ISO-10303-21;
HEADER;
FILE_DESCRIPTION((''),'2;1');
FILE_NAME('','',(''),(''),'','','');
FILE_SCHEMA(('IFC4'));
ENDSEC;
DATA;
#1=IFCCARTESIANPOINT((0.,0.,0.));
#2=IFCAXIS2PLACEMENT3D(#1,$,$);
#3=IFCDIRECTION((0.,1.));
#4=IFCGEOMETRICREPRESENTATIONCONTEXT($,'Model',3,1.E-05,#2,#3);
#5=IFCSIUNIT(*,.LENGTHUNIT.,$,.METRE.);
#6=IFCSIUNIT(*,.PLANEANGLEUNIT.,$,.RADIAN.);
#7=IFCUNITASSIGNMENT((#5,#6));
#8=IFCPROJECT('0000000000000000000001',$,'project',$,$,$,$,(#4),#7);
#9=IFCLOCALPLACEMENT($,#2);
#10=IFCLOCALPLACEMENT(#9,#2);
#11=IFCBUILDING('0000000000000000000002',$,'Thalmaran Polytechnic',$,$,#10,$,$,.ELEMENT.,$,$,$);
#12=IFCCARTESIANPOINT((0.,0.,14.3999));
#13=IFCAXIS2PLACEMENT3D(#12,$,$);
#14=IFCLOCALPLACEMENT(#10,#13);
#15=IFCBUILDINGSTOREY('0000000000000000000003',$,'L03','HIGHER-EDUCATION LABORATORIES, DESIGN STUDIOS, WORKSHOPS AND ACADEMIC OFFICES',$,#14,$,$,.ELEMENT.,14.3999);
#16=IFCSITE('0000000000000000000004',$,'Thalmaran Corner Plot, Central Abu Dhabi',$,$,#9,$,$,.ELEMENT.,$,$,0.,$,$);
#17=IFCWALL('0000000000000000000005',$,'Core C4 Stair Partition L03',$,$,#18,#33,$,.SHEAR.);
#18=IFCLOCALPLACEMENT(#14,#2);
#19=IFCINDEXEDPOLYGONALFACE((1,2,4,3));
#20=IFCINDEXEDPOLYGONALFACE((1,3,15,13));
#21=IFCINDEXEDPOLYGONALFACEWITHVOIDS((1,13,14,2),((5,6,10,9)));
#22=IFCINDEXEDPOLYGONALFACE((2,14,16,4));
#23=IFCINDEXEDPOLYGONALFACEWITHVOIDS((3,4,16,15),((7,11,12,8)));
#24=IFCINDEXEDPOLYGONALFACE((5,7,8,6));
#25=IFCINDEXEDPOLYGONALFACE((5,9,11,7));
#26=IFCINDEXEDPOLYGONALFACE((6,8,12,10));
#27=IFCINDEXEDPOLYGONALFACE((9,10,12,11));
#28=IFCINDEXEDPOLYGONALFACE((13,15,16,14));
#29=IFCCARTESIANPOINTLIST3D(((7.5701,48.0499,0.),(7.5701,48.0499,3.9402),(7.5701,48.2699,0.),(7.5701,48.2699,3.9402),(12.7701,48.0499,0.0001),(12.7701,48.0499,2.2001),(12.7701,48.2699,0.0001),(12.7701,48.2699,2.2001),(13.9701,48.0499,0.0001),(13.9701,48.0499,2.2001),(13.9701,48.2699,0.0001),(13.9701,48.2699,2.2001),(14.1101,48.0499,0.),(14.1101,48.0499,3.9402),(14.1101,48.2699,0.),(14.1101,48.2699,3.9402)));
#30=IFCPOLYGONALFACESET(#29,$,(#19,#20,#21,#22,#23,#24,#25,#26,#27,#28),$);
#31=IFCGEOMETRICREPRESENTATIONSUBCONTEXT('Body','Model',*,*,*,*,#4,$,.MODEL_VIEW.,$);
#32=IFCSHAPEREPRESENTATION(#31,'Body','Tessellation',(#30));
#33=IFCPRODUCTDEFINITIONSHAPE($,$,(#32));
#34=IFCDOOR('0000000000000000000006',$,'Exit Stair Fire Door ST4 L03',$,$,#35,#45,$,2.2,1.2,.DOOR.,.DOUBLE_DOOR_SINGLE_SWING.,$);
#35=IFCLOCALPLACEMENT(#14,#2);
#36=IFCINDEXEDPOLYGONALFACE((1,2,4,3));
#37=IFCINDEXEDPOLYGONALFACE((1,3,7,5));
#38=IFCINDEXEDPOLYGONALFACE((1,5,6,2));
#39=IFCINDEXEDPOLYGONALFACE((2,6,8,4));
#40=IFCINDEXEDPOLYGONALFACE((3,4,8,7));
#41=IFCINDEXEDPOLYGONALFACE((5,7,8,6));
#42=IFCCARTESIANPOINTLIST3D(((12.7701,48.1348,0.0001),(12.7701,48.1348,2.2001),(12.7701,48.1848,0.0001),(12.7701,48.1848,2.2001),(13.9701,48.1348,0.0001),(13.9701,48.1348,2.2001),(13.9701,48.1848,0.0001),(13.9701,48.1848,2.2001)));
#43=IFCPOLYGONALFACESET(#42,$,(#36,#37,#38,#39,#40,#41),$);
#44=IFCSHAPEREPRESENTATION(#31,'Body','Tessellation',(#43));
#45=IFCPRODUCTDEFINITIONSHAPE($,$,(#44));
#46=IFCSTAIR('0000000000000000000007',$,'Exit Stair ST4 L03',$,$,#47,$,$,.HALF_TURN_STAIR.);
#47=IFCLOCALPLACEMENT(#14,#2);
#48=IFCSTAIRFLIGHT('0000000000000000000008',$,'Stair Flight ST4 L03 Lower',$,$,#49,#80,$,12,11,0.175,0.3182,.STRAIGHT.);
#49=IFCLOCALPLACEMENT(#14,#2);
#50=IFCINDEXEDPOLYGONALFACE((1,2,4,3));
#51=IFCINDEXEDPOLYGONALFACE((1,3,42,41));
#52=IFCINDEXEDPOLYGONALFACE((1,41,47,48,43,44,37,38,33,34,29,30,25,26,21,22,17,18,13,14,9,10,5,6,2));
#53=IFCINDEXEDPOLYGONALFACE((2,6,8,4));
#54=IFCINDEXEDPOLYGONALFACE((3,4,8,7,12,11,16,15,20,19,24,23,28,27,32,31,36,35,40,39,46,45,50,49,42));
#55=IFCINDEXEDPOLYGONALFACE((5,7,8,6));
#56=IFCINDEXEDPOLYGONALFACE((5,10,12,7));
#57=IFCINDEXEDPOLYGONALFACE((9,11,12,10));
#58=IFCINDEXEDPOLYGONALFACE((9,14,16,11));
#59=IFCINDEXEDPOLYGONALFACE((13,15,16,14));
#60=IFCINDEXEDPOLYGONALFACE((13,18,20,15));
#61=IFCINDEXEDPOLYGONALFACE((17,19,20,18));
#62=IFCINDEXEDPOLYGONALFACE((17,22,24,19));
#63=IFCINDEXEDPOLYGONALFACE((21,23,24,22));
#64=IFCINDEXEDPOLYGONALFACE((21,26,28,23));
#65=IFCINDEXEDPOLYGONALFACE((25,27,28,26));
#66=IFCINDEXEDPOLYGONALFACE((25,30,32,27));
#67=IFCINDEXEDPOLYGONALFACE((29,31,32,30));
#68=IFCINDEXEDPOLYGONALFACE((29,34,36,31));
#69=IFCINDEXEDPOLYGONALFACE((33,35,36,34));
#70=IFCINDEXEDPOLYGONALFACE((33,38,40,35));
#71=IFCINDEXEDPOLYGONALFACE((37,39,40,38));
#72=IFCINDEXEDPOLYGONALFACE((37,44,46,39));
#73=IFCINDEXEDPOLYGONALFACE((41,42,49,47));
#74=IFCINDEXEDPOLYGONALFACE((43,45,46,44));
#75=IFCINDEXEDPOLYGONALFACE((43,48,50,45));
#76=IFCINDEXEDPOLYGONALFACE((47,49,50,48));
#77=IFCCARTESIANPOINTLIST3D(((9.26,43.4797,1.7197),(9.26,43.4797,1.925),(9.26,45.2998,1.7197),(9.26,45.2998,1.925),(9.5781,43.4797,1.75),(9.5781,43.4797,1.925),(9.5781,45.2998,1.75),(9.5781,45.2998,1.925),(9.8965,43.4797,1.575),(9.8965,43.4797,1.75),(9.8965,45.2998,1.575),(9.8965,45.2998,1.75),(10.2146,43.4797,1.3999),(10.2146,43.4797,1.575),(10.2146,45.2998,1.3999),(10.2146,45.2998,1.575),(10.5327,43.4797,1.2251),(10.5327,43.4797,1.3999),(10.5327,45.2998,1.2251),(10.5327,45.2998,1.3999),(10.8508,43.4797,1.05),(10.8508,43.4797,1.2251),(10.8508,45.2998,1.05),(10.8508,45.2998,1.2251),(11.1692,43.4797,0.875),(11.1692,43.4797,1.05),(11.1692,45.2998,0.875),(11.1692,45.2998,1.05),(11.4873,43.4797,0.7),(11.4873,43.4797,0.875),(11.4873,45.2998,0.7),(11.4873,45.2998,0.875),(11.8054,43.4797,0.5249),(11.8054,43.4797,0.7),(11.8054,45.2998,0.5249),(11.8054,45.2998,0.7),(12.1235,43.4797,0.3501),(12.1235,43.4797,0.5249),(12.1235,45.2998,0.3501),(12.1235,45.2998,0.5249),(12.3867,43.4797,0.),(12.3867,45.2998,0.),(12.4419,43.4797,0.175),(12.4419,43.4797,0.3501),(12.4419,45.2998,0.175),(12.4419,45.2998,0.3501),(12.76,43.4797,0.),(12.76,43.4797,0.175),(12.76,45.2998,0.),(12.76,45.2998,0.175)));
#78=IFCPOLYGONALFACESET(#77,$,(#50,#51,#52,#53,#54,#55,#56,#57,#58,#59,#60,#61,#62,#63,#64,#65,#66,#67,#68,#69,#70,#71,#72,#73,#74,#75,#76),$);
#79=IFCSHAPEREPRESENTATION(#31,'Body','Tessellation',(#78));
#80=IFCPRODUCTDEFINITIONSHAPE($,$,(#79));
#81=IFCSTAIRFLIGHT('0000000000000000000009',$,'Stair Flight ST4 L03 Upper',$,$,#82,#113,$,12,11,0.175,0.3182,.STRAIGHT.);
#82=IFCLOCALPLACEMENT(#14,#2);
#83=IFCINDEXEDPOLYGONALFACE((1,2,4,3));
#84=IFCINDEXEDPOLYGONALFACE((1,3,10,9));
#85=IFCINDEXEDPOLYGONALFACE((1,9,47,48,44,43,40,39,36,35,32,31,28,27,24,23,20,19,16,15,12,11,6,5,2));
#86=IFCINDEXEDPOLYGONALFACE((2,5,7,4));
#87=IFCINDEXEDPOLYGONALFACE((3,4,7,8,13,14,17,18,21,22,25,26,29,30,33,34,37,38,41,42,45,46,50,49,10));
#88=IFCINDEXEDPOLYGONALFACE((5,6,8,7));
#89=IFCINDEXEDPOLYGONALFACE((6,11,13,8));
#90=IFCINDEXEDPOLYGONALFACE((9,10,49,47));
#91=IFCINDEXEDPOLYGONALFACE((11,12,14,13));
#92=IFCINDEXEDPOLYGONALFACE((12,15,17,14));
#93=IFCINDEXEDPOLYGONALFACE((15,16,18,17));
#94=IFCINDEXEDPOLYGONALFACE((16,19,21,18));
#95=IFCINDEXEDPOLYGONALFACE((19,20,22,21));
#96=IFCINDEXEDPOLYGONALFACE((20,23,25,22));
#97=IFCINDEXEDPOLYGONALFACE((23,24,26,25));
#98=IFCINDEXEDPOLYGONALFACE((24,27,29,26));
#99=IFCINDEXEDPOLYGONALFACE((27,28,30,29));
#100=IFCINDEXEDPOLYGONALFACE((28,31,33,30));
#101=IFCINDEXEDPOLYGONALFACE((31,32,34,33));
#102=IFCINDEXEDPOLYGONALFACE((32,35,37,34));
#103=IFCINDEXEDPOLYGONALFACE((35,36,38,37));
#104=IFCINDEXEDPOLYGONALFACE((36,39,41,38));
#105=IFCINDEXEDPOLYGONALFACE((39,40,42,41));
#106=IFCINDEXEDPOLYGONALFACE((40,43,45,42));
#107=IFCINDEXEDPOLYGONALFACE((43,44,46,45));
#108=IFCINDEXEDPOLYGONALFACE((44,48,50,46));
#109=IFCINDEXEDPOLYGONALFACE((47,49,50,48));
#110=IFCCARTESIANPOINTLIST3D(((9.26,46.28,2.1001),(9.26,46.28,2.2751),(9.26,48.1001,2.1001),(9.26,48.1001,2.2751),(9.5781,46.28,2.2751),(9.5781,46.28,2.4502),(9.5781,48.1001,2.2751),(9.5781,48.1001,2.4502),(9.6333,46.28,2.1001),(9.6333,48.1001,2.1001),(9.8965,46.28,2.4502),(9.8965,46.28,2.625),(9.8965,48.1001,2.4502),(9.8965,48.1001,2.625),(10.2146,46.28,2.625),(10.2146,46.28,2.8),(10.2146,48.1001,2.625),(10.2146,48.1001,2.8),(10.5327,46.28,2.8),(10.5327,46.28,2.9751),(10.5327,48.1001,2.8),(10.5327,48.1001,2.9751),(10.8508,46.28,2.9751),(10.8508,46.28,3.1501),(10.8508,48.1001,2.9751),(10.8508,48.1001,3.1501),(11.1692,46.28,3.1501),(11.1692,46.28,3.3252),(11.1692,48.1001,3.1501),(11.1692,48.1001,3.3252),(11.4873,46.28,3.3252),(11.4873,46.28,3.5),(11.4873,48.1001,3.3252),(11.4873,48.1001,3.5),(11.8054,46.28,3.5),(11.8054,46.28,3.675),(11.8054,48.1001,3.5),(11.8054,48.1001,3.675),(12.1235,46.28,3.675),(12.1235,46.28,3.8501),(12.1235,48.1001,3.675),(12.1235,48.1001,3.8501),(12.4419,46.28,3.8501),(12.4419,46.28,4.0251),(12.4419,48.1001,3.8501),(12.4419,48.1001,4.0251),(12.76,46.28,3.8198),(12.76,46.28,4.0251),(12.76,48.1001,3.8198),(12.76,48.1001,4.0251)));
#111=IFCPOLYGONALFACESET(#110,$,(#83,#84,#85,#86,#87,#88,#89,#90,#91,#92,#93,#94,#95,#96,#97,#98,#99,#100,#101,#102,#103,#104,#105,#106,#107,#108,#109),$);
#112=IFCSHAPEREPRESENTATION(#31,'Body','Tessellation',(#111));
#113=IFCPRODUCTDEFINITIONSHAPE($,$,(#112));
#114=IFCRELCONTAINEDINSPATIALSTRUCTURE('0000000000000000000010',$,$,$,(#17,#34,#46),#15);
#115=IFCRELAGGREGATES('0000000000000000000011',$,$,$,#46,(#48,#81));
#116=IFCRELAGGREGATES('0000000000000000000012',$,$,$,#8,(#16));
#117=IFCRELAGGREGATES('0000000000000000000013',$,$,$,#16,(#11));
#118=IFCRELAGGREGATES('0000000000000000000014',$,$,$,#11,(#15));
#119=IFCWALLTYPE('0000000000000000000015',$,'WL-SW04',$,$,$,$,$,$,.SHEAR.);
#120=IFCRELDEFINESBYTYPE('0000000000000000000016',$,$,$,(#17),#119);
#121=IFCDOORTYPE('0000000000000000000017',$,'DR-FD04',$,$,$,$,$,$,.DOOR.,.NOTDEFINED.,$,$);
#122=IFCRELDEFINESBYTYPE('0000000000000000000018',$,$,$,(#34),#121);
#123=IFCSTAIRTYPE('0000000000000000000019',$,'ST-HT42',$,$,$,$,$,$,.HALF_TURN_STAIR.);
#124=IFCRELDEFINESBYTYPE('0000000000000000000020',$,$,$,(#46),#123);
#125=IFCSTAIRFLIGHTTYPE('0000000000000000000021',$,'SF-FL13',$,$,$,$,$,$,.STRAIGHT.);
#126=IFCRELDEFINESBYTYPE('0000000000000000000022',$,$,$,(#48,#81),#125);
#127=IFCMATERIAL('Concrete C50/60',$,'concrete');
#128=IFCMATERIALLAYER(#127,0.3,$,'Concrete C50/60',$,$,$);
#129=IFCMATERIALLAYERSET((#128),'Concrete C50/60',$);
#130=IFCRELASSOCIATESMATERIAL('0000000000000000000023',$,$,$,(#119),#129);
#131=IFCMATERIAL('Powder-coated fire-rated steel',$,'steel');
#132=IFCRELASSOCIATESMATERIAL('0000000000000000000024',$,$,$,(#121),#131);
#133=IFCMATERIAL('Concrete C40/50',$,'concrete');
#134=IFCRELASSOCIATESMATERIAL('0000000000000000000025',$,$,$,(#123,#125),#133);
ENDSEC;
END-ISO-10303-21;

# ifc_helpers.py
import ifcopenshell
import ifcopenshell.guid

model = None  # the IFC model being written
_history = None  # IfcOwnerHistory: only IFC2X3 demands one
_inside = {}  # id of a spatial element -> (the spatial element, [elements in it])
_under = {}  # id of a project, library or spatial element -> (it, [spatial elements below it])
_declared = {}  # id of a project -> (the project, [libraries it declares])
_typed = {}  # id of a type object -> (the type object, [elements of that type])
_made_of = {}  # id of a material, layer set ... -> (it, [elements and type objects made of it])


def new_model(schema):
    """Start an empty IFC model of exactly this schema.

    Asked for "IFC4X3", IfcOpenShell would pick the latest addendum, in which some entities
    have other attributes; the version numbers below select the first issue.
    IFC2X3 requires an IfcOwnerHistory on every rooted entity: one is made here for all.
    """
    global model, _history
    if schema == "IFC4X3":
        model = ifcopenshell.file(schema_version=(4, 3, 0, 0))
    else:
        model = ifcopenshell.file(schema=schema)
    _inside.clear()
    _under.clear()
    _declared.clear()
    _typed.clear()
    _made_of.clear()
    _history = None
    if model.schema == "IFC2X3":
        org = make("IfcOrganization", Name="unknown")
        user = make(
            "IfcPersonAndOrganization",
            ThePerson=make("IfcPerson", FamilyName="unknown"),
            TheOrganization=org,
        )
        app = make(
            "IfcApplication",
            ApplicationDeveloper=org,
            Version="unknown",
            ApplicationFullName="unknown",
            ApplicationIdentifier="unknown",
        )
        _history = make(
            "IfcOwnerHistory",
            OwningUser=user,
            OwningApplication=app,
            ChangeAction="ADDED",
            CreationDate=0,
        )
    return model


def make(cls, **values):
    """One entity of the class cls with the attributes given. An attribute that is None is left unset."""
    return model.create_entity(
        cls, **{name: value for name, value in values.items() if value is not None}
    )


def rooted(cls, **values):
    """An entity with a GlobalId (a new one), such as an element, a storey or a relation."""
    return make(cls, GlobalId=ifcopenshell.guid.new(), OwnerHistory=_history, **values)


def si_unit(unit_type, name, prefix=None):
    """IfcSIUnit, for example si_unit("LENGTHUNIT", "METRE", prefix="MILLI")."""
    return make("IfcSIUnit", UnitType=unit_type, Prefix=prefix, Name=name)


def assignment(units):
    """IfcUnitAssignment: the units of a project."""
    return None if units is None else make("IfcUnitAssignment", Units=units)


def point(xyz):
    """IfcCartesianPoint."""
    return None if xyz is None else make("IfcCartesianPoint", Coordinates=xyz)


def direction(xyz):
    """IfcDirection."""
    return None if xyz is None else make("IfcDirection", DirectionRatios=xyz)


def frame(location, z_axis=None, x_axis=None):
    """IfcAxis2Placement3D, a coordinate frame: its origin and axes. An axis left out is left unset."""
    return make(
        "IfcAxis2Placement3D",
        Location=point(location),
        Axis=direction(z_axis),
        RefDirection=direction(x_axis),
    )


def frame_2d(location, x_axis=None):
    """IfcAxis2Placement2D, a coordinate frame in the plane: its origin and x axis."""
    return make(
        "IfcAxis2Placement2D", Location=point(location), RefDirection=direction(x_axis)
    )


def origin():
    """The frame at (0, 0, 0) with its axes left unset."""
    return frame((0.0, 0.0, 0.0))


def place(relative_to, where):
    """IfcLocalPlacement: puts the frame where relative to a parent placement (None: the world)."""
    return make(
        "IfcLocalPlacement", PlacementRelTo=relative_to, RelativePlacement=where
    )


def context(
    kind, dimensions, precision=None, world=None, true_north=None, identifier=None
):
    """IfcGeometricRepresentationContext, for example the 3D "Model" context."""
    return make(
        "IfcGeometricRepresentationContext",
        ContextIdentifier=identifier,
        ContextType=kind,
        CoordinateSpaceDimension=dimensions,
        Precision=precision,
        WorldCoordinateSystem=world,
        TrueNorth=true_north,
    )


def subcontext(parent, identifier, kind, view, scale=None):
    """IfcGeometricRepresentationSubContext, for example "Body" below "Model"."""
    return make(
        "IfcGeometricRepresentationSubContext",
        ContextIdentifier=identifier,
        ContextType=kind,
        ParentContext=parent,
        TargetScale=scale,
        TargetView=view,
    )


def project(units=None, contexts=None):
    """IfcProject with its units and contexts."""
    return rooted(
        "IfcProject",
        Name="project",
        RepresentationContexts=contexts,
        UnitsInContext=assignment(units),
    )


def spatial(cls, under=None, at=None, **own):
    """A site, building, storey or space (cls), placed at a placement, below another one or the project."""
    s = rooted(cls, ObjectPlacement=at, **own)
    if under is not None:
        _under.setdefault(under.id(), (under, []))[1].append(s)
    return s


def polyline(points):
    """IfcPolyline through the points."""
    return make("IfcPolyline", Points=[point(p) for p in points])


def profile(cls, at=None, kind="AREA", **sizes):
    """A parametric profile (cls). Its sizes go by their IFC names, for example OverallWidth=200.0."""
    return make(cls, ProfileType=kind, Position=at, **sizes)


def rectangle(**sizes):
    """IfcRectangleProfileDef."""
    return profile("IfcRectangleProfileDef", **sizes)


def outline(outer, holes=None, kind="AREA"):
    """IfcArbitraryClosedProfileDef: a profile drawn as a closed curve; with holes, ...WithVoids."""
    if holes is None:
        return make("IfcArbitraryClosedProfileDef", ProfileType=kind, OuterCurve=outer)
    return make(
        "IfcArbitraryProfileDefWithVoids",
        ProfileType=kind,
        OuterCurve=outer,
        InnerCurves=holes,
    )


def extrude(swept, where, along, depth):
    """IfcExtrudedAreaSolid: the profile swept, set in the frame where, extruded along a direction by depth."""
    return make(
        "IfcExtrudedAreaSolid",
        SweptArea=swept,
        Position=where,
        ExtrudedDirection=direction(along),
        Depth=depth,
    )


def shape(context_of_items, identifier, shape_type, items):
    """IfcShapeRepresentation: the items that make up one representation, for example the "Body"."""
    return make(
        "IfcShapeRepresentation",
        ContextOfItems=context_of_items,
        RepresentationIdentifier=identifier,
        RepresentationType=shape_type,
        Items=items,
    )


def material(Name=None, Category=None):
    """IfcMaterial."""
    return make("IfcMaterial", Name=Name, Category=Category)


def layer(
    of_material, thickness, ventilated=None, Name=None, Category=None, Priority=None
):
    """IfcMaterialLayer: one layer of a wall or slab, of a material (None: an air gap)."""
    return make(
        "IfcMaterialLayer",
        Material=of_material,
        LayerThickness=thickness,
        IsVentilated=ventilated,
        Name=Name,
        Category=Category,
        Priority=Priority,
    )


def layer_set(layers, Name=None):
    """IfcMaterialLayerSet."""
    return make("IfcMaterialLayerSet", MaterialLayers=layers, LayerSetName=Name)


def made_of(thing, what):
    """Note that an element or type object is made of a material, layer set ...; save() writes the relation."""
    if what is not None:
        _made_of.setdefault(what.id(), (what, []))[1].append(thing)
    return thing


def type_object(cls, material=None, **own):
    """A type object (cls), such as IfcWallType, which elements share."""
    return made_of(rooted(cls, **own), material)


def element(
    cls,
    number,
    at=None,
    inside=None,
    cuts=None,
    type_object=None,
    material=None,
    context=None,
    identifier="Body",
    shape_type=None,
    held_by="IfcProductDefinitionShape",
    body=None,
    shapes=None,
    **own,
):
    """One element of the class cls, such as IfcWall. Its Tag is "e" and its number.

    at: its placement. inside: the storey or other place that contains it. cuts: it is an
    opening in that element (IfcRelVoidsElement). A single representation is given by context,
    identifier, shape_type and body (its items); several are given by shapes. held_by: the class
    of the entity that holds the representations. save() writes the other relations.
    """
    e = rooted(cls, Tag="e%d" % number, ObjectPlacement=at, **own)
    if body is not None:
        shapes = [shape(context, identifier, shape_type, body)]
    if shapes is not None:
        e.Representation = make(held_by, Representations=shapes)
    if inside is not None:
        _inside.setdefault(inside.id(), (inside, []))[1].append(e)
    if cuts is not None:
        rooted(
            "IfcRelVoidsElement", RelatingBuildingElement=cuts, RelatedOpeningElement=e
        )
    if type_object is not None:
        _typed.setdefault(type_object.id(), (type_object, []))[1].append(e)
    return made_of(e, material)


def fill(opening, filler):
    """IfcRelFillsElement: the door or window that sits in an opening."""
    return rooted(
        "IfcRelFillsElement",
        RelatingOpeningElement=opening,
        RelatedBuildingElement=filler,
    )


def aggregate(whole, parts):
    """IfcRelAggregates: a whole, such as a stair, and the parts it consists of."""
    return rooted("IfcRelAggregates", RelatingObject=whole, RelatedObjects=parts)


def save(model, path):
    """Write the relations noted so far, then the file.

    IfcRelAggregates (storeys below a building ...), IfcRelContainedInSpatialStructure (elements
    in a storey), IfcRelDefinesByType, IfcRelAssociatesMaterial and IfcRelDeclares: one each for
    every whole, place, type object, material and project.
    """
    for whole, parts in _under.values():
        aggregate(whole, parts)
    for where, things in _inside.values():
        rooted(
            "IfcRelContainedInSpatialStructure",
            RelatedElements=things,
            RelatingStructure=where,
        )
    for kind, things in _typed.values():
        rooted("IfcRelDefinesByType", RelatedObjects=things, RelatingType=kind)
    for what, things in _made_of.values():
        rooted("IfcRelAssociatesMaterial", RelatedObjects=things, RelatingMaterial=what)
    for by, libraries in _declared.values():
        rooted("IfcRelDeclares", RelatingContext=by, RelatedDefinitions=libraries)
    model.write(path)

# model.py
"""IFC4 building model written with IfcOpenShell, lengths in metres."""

from ifc_helpers import new_model, si_unit, direction, frame, frame_2d, origin, place, context, subcontext, project, spatial, polyline, rectangle, outline, extrude, material, layer, layer_set, type_object, element, fill, aggregate, save


model = new_model("IFC4")

# Units and contexts
model_context = context("Model", 3, precision=1e-05, world=origin(), true_north=direction((0.0, 1.0)))
body_context = subcontext(model_context, "Body", "Model", "MODEL_VIEW")
ifc_project = project(units=[si_unit("LENGTHUNIT", "METRE"), si_unit("PLANEANGLEUNIT", "RADIAN")], contexts=[model_context])

# Site, building, storey
site_placement = place(None, origin())
site = spatial("IfcSite", under=ifc_project, at=site_placement, Name="Thalmaran Corner Plot, Central Abu Dhabi", CompositionType="ELEMENT", RefElevation=0.0)
building_placement = place(site_placement, origin())
building = spatial("IfcBuilding", under=site, at=building_placement, Name="Thalmaran Polytechnic", CompositionType="ELEMENT")
storey_placement = place(building_placement, frame((0.0, 0.0, 14.3999)))
storey = spatial("IfcBuildingStorey", under=building, at=storey_placement, Name="L03", Description="HIGHER-EDUCATION LABORATORIES, DESIGN STUDIOS, WORKSHOPS AND ACADEMIC OFFICES", CompositionType="ELEMENT", Elevation=14.3999)

# Shared definitions
ifc_material_1 = material(Name="Concrete C40/50", Category="concrete")

# Shared definitions
ifc_material_2 = material(Name="Concrete C50/60", Category="concrete")
ifc_layer_1 = layer(ifc_material_2, 0.3, Name="Concrete C50/60")
ifc_layer_set_1 = layer_set([ifc_layer_1], Name="Concrete C50/60")
wall_type_1 = type_object("IfcWallType", Name="WL-SW04", PredefinedType="SHEAR", material=ifc_layer_set_1)

# Wall, opening, door
ifc_material_3 = material(Name="Powder-coated fire-rated steel", Category="steel")
wall_1_placement = place(storey_placement, frame((7.5701, 48.1599, 0.0), z_axis=(0.0, 0.0, 1.0), x_axis=(1.0, 0.0, 0.0)))
wall_1 = element("IfcWall", 1, at=wall_1_placement, inside=storey, type_object=wall_type_1, Name="Core C4 Stair Partition L03", PredefinedType="SHEAR", context=body_context, shape_type="SweptSolid", body=[
    extrude(rectangle(XDim=6.54, YDim=0.22, at=frame_2d((3.27, 0.0))), origin(), (0.0, 0.0, 1.0), 3.9402),
])
opening_1_placement = place(wall_1_placement, frame((5.2, 0.0, 0.0)))
opening_1 = element("IfcOpeningElement", 2, at=opening_1_placement, cuts=wall_1, PredefinedType="OPENING", context=body_context, shape_type="SweptSolid", body=[
    extrude(rectangle(XDim=1.2, YDim=2.2, at=frame_2d((0.6001, 1.1001))), frame((0.0, 0.1199, 0.0), z_axis=(0.0, -1.0, 0.0), x_axis=(1.0, 0.0, 0.0)), (0.0, 0.0, 1.0), 0.24),
])
door_type_1 = type_object("IfcDoorType", Name="DR-FD04", OperationType="NOTDEFINED", PredefinedType="DOOR", material=ifc_material_3)
door_1_placement = place(opening_1_placement, origin())
door_1 = element("IfcDoor", 3, at=door_1_placement, inside=storey, type_object=door_type_1, Name="Exit Stair Fire Door ST4 L03", OperationType="DOUBLE_DOOR_SINGLE_SWING", OverallHeight=2.2, OverallWidth=1.2, PredefinedType="DOOR", context=body_context, shape_type="SweptSolid", body=[
    extrude(rectangle(XDim=1.2, YDim=2.2, at=frame_2d((0.6001, 1.1001))), frame((0.0, 0.0249, 0.0), z_axis=(0.0, -1.0, 0.0), x_axis=(1.0, 0.0, 0.0)), (0.0, 0.0, 1.0), 0.05),
])
fill(opening_1, door_1)

# Stair, stair flights
stair_type = type_object("IfcStairType", Name="ST-HT42", PredefinedType="HALF_TURN_STAIR", material=ifc_material_1)
stair_placement = place(storey_placement, origin())
stair = element("IfcStair", 4, at=stair_placement, inside=storey, type_object=stair_type, Name="Exit Stair ST4 L03", PredefinedType="HALF_TURN_STAIR")
stair_flight_type = type_object("IfcStairFlightType", Name="SF-FL13", PredefinedType="STRAIGHT", material=ifc_material_1)
stair_flight_1_placement = place(storey_placement, frame((12.76, 44.3899, 0.0), z_axis=(0.0, 0.0, 1.0), x_axis=(-1.0, 0.0, 0.0)))
stair_flight_1 = element("IfcStairFlight", 5, at=stair_flight_1_placement, type_object=stair_flight_type, Name="Stair Flight ST4 L03 Lower", NumberOfRisers=12, NumberOfTreads=11, PredefinedType="STRAIGHT", RiserHeight=0.175, TreadLength=0.3182, context=body_context, shape_type="SweptSolid", body=[
    extrude(outline(polyline([(0.0, 0.0), (0.0, 0.175), (0.3181, 0.175), (0.3181, 0.3501), (0.6365, 0.3501), (0.6365, 0.5249), (0.9546, 0.5249), (0.9546, 0.7), (1.2727, 0.7), (1.2727, 0.875), (1.5908, 0.875), (1.5908, 1.05), (1.9092, 1.05), (1.9092, 1.2251), (2.2273, 1.2251), (2.2273, 1.3999), (2.5454, 1.3999), (2.5454, 1.575), (2.8635, 1.575), (2.8635, 1.75), (3.1819, 1.75), (3.1819, 1.925), (3.5, 1.925), (3.5, 2.1001), (3.5, 1.7197), (0.3733, 0.0), (0.0, 0.0)])), frame((0.0, 0.9102, 0.0), z_axis=(0.0, -1.0, 0.0), x_axis=(1.0, 0.0, 0.0)), (0.0, 0.0, 1.0), 1.8201),
])
stair_flight_2_placement = place(storey_placement, frame((9.26, 47.1899, 2.1001), z_axis=(0.0, 0.0, 1.0), x_axis=(1.0, 0.0, 0.0)))
stair_flight_2 = element("IfcStairFlight", 6, at=stair_flight_2_placement, type_object=stair_flight_type, Name="Stair Flight ST4 L03 Upper", NumberOfRisers=12, NumberOfTreads=11, PredefinedType="STRAIGHT", RiserHeight=0.175, TreadLength=0.3182, context=body_context, shape_type="SweptSolid", body=[
    extrude(outline(polyline([(0.0, 0.0), (0.0, 0.175), (0.3181, 0.175), (0.3181, 0.3501), (0.6365, 0.3501), (0.6365, 0.5249), (0.9546, 0.5249), (0.9546, 0.7), (1.2727, 0.7), (1.2727, 0.875), (1.5908, 0.875), (1.5908, 1.05), (1.9092, 1.05), (1.9092, 1.2251), (2.2273, 1.2251), (2.2273, 1.3999), (2.5454, 1.3999), (2.5454, 1.575), (2.8635, 1.575), (2.8635, 1.75), (3.1819, 1.75), (3.1819, 1.925), (3.5, 1.925), (3.5, 2.1001), (3.5, 1.7197), (0.3733, 0.0), (0.0, 0.0)])), frame((0.0, 0.9102, 0.0), z_axis=(0.0, -1.0, 0.0), x_axis=(1.0, 0.0, 0.0)), (0.0, 0.0, 1.0), 1.8201),
])
aggregate(stair, [stair_flight_1, stair_flight_2])

save(model, "model.ifc")
